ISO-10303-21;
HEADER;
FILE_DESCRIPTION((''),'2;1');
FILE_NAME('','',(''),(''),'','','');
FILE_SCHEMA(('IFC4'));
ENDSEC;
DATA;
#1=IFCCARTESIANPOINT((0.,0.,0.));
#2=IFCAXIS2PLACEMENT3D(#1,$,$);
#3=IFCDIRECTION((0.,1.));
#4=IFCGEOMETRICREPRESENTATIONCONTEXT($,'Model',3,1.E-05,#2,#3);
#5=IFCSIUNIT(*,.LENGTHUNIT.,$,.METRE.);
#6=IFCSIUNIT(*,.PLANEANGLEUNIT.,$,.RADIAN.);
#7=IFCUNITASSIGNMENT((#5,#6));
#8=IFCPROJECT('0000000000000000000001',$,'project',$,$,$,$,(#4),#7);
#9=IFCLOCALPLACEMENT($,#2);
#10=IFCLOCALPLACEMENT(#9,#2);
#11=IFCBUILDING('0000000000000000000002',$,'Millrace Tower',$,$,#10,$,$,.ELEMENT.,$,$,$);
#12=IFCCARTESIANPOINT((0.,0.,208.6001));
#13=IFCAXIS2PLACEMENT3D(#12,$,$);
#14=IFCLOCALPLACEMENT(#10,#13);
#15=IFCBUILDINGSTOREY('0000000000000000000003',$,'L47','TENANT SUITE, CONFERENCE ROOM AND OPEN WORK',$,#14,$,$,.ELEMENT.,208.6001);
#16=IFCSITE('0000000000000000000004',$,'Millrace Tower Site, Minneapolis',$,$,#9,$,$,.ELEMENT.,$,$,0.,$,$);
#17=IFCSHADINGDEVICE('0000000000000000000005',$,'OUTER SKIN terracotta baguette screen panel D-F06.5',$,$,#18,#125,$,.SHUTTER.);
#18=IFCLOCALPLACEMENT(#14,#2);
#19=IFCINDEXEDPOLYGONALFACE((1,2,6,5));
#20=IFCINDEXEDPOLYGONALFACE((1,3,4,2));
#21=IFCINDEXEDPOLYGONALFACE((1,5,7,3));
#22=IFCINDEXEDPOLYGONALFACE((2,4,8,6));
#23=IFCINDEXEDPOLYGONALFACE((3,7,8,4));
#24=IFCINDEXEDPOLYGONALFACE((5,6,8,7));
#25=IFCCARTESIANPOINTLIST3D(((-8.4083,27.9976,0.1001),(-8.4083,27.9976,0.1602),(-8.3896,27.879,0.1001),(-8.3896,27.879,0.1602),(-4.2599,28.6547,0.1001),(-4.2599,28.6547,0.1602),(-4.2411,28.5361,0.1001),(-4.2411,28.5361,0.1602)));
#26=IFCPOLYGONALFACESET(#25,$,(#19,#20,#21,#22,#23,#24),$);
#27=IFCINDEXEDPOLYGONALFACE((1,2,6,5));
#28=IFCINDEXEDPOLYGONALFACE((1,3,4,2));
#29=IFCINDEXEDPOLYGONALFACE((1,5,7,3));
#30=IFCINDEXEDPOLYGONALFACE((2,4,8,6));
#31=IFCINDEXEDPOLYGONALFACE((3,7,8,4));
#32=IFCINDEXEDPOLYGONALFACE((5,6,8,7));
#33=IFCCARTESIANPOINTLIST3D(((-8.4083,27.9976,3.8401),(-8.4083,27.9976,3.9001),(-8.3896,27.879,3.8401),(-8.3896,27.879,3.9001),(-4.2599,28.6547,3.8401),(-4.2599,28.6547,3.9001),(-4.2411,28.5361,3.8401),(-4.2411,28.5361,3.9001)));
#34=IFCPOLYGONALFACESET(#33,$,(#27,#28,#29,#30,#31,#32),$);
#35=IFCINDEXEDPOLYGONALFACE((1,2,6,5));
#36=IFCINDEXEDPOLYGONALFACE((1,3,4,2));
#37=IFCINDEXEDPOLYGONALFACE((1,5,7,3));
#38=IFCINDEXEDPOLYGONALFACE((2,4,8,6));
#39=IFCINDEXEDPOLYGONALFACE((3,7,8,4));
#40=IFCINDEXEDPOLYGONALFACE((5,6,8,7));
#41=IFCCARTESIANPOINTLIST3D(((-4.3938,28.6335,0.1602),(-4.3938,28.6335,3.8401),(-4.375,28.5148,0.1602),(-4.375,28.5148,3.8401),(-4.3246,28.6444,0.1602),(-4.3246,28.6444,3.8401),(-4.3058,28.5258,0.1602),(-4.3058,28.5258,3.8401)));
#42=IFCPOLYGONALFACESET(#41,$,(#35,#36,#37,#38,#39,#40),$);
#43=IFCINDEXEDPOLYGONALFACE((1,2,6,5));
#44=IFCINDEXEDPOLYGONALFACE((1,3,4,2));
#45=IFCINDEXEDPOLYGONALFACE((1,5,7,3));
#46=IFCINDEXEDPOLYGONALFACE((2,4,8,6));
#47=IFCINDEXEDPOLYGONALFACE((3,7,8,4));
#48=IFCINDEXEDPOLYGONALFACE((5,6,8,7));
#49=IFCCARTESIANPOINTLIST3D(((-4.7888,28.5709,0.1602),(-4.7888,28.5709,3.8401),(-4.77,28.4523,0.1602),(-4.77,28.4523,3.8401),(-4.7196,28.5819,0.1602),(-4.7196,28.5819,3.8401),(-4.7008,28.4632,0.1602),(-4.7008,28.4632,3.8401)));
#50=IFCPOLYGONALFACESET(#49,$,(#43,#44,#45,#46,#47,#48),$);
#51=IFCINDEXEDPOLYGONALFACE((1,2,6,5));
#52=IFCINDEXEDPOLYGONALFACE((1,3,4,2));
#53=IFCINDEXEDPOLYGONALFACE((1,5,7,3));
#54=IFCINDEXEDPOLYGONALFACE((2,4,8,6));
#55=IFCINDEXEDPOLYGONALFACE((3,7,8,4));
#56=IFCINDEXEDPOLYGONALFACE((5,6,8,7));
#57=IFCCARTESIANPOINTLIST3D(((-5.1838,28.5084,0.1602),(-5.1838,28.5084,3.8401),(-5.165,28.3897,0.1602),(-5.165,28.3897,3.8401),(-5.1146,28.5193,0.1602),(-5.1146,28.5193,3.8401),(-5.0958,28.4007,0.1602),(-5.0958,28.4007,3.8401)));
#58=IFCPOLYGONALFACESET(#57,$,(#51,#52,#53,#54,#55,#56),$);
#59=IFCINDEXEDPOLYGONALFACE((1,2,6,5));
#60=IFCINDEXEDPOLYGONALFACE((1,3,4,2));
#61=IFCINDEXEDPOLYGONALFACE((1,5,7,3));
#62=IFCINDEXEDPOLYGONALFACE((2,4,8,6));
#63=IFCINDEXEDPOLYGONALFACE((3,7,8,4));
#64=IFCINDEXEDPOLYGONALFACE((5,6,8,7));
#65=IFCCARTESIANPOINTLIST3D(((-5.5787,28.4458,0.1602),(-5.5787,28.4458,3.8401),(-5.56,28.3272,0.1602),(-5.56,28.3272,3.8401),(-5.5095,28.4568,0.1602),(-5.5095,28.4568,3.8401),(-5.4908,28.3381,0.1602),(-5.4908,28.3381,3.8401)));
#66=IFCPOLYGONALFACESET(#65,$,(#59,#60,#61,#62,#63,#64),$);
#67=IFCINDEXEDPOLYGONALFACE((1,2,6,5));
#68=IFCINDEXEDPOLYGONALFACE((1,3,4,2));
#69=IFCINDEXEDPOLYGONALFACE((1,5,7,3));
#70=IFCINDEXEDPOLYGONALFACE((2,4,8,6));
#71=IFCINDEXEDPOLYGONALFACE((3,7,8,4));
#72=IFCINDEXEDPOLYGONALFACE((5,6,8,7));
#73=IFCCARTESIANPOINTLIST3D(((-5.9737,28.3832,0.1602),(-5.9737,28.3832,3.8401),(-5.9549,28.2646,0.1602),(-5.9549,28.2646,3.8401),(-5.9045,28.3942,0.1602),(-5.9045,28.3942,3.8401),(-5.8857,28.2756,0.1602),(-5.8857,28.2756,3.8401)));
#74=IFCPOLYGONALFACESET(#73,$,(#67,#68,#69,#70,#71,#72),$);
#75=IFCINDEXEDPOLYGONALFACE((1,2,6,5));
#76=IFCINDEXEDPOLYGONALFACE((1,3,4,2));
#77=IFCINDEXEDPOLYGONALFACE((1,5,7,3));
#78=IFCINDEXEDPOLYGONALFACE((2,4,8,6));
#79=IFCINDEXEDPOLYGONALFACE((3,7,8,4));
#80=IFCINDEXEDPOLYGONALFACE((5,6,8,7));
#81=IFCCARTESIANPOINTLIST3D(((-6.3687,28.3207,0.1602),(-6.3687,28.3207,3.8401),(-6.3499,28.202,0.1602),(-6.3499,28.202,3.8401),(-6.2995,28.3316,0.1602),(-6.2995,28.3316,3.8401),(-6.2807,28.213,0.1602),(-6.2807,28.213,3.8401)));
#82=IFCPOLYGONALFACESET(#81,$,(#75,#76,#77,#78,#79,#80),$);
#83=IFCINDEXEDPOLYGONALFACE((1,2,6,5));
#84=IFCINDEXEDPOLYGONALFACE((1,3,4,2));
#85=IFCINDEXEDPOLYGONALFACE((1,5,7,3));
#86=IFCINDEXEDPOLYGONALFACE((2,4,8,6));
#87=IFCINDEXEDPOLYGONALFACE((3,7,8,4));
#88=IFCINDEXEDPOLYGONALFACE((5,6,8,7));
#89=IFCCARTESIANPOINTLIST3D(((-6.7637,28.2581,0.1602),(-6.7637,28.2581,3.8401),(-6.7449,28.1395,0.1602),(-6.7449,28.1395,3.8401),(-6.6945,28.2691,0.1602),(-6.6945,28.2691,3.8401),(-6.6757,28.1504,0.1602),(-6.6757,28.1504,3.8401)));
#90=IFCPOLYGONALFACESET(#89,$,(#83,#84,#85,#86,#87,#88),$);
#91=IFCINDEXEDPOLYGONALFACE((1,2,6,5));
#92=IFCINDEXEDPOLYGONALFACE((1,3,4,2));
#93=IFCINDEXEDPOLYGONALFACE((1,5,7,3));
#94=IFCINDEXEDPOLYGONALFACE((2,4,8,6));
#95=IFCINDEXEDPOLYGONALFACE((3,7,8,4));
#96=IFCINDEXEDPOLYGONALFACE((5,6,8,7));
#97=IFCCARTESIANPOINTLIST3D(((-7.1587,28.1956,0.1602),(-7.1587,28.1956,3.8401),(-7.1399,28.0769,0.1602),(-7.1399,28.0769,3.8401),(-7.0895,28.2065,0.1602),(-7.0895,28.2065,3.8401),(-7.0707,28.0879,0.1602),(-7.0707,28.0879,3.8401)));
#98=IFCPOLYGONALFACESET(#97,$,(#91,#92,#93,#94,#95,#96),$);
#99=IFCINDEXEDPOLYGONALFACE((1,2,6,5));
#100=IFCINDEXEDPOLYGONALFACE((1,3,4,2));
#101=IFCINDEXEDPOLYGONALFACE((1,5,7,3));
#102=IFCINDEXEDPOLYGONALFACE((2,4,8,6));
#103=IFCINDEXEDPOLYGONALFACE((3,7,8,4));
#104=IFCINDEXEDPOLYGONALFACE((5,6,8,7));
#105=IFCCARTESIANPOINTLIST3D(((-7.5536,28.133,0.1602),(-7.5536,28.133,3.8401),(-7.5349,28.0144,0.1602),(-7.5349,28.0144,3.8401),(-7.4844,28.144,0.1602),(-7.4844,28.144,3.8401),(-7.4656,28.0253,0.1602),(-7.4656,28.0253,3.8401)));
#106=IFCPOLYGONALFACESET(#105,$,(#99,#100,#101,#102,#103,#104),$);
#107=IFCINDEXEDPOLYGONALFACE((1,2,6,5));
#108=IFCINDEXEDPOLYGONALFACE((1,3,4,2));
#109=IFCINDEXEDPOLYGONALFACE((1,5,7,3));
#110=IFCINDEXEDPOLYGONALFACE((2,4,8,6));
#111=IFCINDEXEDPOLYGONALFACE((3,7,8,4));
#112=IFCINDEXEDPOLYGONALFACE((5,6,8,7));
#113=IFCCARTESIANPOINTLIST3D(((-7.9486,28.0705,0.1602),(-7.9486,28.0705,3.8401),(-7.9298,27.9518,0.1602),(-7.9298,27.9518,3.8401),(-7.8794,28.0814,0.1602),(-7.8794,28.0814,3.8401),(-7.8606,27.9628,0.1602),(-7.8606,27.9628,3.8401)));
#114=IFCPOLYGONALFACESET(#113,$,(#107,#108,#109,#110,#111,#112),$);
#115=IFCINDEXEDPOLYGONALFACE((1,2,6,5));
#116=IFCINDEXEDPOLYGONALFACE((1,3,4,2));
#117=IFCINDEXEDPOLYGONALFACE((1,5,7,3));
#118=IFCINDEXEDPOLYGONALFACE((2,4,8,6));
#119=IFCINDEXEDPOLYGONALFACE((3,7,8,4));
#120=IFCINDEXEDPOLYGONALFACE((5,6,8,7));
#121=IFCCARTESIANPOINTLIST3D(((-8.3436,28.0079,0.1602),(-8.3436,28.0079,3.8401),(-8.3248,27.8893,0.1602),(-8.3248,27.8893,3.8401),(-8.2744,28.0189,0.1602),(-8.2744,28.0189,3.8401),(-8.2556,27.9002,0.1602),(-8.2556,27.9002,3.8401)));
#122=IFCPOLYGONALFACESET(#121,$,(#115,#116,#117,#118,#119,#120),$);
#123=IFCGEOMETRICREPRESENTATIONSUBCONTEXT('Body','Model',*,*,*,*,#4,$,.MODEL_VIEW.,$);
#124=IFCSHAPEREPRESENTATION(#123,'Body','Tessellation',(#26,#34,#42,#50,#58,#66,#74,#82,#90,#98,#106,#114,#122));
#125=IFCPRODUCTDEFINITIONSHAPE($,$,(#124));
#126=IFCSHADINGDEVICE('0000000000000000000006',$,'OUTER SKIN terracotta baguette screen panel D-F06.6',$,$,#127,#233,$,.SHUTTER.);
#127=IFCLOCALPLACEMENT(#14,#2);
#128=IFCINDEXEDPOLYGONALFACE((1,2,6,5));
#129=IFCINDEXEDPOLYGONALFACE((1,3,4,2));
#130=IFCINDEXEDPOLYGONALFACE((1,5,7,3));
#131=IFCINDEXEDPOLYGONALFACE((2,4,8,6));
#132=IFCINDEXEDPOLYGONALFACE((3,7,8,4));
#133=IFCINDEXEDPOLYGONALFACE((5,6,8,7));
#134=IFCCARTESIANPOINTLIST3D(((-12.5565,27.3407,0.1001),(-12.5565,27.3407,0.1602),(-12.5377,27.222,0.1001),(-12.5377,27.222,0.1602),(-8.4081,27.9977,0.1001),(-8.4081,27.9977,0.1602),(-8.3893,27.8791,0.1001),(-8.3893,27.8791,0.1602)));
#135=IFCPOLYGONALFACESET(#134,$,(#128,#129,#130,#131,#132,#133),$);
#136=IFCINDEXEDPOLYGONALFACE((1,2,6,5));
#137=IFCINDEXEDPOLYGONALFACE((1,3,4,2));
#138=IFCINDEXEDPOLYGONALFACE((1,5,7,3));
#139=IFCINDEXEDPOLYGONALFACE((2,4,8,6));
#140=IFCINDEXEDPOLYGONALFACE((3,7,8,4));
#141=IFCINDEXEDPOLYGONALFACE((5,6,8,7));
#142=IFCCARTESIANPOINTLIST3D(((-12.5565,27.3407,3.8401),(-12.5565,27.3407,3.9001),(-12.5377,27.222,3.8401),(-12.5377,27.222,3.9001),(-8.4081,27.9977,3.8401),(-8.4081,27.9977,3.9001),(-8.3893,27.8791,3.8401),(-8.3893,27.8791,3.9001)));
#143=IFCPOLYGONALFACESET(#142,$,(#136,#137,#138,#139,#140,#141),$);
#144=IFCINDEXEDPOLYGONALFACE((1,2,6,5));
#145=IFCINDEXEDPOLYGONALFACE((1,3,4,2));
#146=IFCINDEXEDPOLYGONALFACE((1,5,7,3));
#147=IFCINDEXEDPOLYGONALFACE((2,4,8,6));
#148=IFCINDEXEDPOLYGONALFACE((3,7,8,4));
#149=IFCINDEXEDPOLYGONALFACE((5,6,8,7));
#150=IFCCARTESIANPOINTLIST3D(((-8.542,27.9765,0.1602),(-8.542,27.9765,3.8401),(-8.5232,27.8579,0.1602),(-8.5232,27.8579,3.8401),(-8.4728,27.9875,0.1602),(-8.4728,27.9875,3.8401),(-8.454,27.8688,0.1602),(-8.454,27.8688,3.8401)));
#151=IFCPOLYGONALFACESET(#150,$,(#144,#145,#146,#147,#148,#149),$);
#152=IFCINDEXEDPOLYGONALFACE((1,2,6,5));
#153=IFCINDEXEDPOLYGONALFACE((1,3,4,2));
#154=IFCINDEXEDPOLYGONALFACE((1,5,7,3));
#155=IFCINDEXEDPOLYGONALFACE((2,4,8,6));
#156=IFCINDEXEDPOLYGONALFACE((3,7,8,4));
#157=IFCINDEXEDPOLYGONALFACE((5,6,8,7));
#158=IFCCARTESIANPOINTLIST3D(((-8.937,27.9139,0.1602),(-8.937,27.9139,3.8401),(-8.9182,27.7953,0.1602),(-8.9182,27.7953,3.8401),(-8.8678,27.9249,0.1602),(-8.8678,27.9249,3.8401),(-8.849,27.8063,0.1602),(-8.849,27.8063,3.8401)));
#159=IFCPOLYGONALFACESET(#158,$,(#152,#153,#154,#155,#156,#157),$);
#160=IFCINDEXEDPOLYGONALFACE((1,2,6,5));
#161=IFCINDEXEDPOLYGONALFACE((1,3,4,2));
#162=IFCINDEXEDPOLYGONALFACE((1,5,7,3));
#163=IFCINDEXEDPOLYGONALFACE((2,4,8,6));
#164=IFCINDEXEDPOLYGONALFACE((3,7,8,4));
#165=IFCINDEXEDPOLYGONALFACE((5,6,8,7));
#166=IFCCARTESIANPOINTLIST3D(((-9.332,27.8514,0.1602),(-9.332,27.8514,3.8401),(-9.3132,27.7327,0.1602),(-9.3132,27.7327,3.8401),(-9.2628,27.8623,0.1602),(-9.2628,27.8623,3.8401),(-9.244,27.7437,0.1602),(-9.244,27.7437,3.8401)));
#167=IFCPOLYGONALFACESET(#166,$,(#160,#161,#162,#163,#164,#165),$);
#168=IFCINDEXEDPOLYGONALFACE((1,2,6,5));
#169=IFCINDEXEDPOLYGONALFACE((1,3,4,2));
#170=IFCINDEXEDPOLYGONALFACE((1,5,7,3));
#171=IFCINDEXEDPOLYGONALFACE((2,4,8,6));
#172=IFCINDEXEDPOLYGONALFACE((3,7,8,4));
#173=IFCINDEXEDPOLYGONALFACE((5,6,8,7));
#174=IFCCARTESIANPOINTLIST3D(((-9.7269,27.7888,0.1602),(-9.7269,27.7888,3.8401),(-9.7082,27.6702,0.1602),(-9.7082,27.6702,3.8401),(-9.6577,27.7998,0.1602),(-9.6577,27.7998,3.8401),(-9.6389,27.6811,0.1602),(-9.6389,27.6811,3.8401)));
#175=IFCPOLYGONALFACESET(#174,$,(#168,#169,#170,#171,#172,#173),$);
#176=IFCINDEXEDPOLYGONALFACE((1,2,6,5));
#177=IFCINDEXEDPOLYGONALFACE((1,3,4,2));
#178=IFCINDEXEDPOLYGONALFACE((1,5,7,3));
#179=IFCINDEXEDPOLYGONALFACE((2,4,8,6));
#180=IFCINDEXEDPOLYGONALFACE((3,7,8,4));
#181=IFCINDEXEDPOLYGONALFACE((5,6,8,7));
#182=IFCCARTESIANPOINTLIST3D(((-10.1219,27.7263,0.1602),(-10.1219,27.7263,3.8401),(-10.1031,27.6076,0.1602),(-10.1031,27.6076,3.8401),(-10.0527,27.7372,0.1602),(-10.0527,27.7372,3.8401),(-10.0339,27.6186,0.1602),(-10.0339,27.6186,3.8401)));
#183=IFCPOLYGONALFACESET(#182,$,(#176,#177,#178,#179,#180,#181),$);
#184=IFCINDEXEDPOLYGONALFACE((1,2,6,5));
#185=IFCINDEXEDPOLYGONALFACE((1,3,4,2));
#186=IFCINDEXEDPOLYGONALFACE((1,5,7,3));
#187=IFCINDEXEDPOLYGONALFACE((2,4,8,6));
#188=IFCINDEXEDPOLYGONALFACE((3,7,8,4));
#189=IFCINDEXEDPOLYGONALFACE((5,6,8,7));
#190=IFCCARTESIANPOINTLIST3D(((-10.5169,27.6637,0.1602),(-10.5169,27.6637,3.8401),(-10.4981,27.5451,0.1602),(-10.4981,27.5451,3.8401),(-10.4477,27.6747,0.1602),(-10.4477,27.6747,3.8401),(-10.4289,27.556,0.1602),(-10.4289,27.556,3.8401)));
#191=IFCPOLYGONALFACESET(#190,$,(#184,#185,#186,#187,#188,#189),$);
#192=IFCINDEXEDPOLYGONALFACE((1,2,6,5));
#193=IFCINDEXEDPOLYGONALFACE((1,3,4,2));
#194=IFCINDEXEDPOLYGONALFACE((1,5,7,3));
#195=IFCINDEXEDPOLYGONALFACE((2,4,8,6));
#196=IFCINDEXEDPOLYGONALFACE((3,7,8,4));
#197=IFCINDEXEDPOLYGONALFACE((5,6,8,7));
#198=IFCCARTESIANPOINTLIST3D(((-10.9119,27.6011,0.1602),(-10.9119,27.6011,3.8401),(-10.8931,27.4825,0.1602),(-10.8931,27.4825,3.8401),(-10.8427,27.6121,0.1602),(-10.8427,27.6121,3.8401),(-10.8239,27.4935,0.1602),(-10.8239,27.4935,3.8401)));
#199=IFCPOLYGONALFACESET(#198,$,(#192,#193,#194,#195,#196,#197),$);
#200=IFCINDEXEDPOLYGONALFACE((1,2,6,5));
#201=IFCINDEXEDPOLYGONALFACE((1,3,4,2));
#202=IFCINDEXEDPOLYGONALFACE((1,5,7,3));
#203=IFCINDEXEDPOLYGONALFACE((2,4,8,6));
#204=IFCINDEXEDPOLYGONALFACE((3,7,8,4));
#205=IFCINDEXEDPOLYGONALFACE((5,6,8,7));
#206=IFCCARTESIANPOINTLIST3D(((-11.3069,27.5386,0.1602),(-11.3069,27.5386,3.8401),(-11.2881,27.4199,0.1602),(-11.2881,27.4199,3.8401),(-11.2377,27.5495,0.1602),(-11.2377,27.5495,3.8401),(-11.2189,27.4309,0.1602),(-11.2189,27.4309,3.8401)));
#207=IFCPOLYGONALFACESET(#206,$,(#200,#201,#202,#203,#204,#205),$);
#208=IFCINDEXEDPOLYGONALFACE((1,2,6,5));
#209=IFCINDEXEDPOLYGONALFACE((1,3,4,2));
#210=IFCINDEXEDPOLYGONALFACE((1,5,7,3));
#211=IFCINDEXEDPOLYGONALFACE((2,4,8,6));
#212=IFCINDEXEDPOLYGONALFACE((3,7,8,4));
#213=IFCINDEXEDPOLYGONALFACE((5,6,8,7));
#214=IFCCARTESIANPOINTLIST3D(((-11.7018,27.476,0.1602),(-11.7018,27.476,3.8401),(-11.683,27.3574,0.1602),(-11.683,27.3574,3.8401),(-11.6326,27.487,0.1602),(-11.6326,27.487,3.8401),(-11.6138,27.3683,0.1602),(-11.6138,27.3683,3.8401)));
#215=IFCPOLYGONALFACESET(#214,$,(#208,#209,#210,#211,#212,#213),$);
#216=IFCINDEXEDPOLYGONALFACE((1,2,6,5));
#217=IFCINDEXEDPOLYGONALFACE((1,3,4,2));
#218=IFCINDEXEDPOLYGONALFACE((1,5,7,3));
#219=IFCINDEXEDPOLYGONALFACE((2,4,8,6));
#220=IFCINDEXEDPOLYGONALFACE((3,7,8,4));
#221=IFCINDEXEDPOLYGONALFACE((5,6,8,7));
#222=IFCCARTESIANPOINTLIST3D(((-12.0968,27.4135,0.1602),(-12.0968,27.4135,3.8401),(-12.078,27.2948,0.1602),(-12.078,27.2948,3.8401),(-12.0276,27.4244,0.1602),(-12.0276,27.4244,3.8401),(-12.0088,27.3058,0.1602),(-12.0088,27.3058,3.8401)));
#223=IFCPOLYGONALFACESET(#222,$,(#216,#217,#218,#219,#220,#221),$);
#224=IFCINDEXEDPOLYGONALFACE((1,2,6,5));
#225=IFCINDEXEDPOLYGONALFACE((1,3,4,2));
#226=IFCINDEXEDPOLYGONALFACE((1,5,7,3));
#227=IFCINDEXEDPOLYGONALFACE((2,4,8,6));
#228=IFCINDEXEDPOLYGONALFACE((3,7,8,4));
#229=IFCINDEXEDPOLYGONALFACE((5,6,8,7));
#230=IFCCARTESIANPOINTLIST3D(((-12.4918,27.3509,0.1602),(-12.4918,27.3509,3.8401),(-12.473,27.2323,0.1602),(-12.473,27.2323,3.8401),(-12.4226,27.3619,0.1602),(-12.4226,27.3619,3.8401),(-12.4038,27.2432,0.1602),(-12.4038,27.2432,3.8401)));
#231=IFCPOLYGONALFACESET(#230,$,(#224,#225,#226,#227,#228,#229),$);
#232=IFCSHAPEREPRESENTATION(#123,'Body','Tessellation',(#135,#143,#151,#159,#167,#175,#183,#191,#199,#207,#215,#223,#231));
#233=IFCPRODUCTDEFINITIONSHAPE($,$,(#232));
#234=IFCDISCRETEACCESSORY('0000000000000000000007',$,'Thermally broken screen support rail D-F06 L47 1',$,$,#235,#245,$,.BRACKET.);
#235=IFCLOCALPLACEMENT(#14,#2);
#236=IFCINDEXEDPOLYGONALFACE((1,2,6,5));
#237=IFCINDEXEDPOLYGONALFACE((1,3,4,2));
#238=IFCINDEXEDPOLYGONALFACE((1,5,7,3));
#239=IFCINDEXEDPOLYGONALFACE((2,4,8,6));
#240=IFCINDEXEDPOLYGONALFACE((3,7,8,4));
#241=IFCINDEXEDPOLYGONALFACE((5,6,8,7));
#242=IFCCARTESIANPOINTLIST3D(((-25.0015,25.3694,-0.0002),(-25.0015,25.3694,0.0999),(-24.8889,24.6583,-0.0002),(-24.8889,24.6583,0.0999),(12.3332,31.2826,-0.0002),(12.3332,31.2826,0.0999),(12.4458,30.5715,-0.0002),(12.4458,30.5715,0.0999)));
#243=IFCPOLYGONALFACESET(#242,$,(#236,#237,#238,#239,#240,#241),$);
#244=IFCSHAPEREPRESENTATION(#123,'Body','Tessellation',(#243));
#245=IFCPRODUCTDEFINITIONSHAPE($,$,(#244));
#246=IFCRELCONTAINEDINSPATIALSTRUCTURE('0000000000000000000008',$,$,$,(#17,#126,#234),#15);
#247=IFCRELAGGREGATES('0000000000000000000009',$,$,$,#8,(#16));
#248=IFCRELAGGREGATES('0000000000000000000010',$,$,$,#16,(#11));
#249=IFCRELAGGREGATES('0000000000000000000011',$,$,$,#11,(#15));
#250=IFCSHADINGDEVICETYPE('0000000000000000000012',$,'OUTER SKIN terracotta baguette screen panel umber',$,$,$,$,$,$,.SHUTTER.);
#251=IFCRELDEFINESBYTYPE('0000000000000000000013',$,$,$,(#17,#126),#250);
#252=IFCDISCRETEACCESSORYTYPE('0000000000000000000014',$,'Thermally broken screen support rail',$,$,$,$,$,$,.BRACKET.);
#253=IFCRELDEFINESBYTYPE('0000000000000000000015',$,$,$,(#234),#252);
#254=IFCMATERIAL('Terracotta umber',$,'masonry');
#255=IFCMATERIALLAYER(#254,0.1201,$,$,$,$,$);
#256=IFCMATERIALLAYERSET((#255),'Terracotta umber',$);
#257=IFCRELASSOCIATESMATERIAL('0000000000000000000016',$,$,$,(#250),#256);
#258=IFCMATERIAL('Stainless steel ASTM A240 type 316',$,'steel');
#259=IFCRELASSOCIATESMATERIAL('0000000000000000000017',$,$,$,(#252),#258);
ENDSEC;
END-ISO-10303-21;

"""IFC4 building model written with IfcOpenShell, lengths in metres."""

from ifc_helpers import new_model, entity, si_unit, direction, frame, frame_2d, origin, origin_2d, place, context, subcontext, project, spatial, rectangle, extrude, source, transform, mapped, material, layer, layer_set, type_object, element, save


model = new_model("IFC4")

# Units and contexts
model_context = context("Model", 3, precision=1e-05, world=origin(), true_north=direction((0.0, 1.0)))
body_context = subcontext(model_context, "Body", "Model", "MODEL_VIEW")
ifc_project = project(units=[si_unit("LENGTHUNIT", "METRE"), si_unit("PLANEANGLEUNIT", "RADIAN")], contexts=[model_context])

# Site, building, storey
site_placement = place(None, origin())
site = spatial("IfcSite", under=ifc_project, at=site_placement, Name="Millrace Tower Site, Minneapolis", CompositionType="ELEMENT", RefElevation=0.0)
building_placement = place(site_placement, origin())
building = spatial("IfcBuilding", under=site, at=building_placement, Name="Millrace Tower", CompositionType="ELEMENT")
storey_placement = place(building_placement, frame((0.0, 0.0, 208.6001)))
storey = spatial("IfcBuildingStorey", under=building, at=storey_placement, Name="L47", Description="TENANT SUITE, CONFERENCE ROOM AND OPEN WORK", CompositionType="ELEMENT", Elevation=208.6001)

# Shading devices
ifc_material_1 = material(Name="Terracotta umber", Category="masonry")
ifc_layer_1 = layer(ifc_material_1, 0.1201)
ifc_layer_set_1 = layer_set([ifc_layer_1], Name="Terracotta umber")
shading_device_type = type_object("IfcShadingDeviceType", Name="OUTER SKIN terracotta baguette screen panel umber", PredefinedType="SHUTTER", material=ifc_layer_set_1)
cartesian_point = entity("IfcCartesianPoint", [-2.1001, 0.0601])
shared_polyline = entity("IfcPolyline", [cartesian_point, entity("IfcCartesianPoint", [2.1001, 0.0601]), entity("IfcCartesianPoint", [2.1001, -0.0601]), entity("IfcCartesianPoint", [-2.1001, -0.0601]), cartesian_point])
shared_shape = source(origin(), body_context, "Body", "SweptSolid", [
    entity("IfcExtrudedAreaSolid", entity("IfcArbitraryClosedProfileDef", "AREA", None, shared_polyline), entity("IfcAxis2Placement3D", entity("IfcCartesianPoint", [0.0, 0.0, 0.0])), entity("IfcDirection", [0.0, 0.0, 1.0]), 0.0601),
    entity("IfcExtrudedAreaSolid", entity("IfcArbitraryClosedProfileDef", "AREA", None, shared_polyline), entity("IfcAxis2Placement3D", entity("IfcCartesianPoint", [0.0, 0.0, 3.74])), entity("IfcDirection", [0.0, 0.0, 1.0]), 0.0601),
    extrude(rectangle(XDim=0.0701, YDim=0.1201, at=frame_2d((-1.9995, 0.0))), frame((0.0, 0.0, 0.0601)), (0.0, 0.0, 1.0), 3.6799),
    extrude(rectangle(XDim=0.0701, YDim=0.1201, at=frame_2d((-1.5996, 0.0))), frame((0.0, 0.0, 0.0601)), (0.0, 0.0, 1.0), 3.6799),
    extrude(rectangle(XDim=0.0701, YDim=0.1201, at=frame_2d((-1.1997, 0.0))), frame((0.0, 0.0, 0.0601)), (0.0, 0.0, 1.0), 3.6799),
    extrude(rectangle(XDim=0.0701, YDim=0.1201, at=frame_2d((-0.7998, 0.0))), frame((0.0, 0.0, 0.0601)), (0.0, 0.0, 1.0), 3.6799),
    extrude(rectangle(XDim=0.0701, YDim=0.1201, at=frame_2d((-0.3999, 0.0))), frame((0.0, 0.0, 0.0601)), (0.0, 0.0, 1.0), 3.6799),
    extrude(rectangle(XDim=0.0701, YDim=0.1201, at=origin_2d()), frame((0.0, 0.0, 0.0601)), (0.0, 0.0, 1.0), 3.6799),
    extrude(rectangle(XDim=0.0701, YDim=0.1201, at=frame_2d((0.3999, 0.0))), frame((0.0, 0.0, 0.0601)), (0.0, 0.0, 1.0), 3.6799),
    extrude(rectangle(XDim=0.0701, YDim=0.1201, at=frame_2d((0.7998, 0.0))), frame((0.0, 0.0, 0.0601)), (0.0, 0.0, 1.0), 3.6799),
    extrude(rectangle(XDim=0.0701, YDim=0.1201, at=frame_2d((1.1997, 0.0))), frame((0.0, 0.0, 0.0601)), (0.0, 0.0, 1.0), 3.6799),
    extrude(rectangle(XDim=0.0701, YDim=0.1201, at=frame_2d((1.5996, 0.0))), frame((0.0, 0.0, 0.0601)), (0.0, 0.0, 1.0), 3.6799),
    extrude(rectangle(XDim=0.0701, YDim=0.1201, at=frame_2d((1.9995, 0.0))), frame((0.0, 0.0, 0.0601)), (0.0, 0.0, 1.0), 3.6799),
])
for number, where, z_axis, x_axis, name in (
    (1, (-6.3247, 28.2668, 0.1001), (0.0, 0.0, 1.0), (-0.987688, -0.156434, 0.0), "OUTER SKIN terracotta baguette screen panel D-F06.5"),
    (2, (-10.4729, 27.6099, 0.1001), (0.0, 0.0, 1.0), (-0.987688, -0.156434, 0.0), "OUTER SKIN terracotta baguette screen panel D-F06.6"),
):
    element("IfcShadingDevice", number, at=place(storey_placement, frame(where, z_axis=z_axis, x_axis=x_axis)), inside=storey, type_object=shading_device_type, Name=name, PredefinedType="SHUTTER", context=body_context, shape_type="MappedRepresentation", body=[
        mapped(shared_shape, transform((0.0, 0.0, 0.0), scale=1.0)),
    ])

# Discrete accessory
ifc_material_2 = material(Name="Stainless steel ASTM A240 type 316", Category="steel")
discrete_accessory_type = type_object("IfcDiscreteAccessoryType", Name="Thermally broken screen support rail", PredefinedType="BRACKET", material=ifc_material_2)
discrete_accessory_placement = place(storey_placement, frame((-6.2778, 27.9705, -0.0002), z_axis=(0.0, 0.0, 1.0), x_axis=(-0.987688, -0.156434, 0.0)))
element("IfcDiscreteAccessory", 3, at=discrete_accessory_placement, inside=storey, type_object=discrete_accessory_type, Name="Thermally broken screen support rail D-F06 L47 1", PredefinedType="BRACKET", context=body_context, shape_type="SweptSolid", body=[
    extrude(rectangle(XDim=37.8, YDim=0.72, at=origin_2d()), origin(), (0.0, 0.0, 1.0), 0.1001),
])

save(model, "model.ifc")
